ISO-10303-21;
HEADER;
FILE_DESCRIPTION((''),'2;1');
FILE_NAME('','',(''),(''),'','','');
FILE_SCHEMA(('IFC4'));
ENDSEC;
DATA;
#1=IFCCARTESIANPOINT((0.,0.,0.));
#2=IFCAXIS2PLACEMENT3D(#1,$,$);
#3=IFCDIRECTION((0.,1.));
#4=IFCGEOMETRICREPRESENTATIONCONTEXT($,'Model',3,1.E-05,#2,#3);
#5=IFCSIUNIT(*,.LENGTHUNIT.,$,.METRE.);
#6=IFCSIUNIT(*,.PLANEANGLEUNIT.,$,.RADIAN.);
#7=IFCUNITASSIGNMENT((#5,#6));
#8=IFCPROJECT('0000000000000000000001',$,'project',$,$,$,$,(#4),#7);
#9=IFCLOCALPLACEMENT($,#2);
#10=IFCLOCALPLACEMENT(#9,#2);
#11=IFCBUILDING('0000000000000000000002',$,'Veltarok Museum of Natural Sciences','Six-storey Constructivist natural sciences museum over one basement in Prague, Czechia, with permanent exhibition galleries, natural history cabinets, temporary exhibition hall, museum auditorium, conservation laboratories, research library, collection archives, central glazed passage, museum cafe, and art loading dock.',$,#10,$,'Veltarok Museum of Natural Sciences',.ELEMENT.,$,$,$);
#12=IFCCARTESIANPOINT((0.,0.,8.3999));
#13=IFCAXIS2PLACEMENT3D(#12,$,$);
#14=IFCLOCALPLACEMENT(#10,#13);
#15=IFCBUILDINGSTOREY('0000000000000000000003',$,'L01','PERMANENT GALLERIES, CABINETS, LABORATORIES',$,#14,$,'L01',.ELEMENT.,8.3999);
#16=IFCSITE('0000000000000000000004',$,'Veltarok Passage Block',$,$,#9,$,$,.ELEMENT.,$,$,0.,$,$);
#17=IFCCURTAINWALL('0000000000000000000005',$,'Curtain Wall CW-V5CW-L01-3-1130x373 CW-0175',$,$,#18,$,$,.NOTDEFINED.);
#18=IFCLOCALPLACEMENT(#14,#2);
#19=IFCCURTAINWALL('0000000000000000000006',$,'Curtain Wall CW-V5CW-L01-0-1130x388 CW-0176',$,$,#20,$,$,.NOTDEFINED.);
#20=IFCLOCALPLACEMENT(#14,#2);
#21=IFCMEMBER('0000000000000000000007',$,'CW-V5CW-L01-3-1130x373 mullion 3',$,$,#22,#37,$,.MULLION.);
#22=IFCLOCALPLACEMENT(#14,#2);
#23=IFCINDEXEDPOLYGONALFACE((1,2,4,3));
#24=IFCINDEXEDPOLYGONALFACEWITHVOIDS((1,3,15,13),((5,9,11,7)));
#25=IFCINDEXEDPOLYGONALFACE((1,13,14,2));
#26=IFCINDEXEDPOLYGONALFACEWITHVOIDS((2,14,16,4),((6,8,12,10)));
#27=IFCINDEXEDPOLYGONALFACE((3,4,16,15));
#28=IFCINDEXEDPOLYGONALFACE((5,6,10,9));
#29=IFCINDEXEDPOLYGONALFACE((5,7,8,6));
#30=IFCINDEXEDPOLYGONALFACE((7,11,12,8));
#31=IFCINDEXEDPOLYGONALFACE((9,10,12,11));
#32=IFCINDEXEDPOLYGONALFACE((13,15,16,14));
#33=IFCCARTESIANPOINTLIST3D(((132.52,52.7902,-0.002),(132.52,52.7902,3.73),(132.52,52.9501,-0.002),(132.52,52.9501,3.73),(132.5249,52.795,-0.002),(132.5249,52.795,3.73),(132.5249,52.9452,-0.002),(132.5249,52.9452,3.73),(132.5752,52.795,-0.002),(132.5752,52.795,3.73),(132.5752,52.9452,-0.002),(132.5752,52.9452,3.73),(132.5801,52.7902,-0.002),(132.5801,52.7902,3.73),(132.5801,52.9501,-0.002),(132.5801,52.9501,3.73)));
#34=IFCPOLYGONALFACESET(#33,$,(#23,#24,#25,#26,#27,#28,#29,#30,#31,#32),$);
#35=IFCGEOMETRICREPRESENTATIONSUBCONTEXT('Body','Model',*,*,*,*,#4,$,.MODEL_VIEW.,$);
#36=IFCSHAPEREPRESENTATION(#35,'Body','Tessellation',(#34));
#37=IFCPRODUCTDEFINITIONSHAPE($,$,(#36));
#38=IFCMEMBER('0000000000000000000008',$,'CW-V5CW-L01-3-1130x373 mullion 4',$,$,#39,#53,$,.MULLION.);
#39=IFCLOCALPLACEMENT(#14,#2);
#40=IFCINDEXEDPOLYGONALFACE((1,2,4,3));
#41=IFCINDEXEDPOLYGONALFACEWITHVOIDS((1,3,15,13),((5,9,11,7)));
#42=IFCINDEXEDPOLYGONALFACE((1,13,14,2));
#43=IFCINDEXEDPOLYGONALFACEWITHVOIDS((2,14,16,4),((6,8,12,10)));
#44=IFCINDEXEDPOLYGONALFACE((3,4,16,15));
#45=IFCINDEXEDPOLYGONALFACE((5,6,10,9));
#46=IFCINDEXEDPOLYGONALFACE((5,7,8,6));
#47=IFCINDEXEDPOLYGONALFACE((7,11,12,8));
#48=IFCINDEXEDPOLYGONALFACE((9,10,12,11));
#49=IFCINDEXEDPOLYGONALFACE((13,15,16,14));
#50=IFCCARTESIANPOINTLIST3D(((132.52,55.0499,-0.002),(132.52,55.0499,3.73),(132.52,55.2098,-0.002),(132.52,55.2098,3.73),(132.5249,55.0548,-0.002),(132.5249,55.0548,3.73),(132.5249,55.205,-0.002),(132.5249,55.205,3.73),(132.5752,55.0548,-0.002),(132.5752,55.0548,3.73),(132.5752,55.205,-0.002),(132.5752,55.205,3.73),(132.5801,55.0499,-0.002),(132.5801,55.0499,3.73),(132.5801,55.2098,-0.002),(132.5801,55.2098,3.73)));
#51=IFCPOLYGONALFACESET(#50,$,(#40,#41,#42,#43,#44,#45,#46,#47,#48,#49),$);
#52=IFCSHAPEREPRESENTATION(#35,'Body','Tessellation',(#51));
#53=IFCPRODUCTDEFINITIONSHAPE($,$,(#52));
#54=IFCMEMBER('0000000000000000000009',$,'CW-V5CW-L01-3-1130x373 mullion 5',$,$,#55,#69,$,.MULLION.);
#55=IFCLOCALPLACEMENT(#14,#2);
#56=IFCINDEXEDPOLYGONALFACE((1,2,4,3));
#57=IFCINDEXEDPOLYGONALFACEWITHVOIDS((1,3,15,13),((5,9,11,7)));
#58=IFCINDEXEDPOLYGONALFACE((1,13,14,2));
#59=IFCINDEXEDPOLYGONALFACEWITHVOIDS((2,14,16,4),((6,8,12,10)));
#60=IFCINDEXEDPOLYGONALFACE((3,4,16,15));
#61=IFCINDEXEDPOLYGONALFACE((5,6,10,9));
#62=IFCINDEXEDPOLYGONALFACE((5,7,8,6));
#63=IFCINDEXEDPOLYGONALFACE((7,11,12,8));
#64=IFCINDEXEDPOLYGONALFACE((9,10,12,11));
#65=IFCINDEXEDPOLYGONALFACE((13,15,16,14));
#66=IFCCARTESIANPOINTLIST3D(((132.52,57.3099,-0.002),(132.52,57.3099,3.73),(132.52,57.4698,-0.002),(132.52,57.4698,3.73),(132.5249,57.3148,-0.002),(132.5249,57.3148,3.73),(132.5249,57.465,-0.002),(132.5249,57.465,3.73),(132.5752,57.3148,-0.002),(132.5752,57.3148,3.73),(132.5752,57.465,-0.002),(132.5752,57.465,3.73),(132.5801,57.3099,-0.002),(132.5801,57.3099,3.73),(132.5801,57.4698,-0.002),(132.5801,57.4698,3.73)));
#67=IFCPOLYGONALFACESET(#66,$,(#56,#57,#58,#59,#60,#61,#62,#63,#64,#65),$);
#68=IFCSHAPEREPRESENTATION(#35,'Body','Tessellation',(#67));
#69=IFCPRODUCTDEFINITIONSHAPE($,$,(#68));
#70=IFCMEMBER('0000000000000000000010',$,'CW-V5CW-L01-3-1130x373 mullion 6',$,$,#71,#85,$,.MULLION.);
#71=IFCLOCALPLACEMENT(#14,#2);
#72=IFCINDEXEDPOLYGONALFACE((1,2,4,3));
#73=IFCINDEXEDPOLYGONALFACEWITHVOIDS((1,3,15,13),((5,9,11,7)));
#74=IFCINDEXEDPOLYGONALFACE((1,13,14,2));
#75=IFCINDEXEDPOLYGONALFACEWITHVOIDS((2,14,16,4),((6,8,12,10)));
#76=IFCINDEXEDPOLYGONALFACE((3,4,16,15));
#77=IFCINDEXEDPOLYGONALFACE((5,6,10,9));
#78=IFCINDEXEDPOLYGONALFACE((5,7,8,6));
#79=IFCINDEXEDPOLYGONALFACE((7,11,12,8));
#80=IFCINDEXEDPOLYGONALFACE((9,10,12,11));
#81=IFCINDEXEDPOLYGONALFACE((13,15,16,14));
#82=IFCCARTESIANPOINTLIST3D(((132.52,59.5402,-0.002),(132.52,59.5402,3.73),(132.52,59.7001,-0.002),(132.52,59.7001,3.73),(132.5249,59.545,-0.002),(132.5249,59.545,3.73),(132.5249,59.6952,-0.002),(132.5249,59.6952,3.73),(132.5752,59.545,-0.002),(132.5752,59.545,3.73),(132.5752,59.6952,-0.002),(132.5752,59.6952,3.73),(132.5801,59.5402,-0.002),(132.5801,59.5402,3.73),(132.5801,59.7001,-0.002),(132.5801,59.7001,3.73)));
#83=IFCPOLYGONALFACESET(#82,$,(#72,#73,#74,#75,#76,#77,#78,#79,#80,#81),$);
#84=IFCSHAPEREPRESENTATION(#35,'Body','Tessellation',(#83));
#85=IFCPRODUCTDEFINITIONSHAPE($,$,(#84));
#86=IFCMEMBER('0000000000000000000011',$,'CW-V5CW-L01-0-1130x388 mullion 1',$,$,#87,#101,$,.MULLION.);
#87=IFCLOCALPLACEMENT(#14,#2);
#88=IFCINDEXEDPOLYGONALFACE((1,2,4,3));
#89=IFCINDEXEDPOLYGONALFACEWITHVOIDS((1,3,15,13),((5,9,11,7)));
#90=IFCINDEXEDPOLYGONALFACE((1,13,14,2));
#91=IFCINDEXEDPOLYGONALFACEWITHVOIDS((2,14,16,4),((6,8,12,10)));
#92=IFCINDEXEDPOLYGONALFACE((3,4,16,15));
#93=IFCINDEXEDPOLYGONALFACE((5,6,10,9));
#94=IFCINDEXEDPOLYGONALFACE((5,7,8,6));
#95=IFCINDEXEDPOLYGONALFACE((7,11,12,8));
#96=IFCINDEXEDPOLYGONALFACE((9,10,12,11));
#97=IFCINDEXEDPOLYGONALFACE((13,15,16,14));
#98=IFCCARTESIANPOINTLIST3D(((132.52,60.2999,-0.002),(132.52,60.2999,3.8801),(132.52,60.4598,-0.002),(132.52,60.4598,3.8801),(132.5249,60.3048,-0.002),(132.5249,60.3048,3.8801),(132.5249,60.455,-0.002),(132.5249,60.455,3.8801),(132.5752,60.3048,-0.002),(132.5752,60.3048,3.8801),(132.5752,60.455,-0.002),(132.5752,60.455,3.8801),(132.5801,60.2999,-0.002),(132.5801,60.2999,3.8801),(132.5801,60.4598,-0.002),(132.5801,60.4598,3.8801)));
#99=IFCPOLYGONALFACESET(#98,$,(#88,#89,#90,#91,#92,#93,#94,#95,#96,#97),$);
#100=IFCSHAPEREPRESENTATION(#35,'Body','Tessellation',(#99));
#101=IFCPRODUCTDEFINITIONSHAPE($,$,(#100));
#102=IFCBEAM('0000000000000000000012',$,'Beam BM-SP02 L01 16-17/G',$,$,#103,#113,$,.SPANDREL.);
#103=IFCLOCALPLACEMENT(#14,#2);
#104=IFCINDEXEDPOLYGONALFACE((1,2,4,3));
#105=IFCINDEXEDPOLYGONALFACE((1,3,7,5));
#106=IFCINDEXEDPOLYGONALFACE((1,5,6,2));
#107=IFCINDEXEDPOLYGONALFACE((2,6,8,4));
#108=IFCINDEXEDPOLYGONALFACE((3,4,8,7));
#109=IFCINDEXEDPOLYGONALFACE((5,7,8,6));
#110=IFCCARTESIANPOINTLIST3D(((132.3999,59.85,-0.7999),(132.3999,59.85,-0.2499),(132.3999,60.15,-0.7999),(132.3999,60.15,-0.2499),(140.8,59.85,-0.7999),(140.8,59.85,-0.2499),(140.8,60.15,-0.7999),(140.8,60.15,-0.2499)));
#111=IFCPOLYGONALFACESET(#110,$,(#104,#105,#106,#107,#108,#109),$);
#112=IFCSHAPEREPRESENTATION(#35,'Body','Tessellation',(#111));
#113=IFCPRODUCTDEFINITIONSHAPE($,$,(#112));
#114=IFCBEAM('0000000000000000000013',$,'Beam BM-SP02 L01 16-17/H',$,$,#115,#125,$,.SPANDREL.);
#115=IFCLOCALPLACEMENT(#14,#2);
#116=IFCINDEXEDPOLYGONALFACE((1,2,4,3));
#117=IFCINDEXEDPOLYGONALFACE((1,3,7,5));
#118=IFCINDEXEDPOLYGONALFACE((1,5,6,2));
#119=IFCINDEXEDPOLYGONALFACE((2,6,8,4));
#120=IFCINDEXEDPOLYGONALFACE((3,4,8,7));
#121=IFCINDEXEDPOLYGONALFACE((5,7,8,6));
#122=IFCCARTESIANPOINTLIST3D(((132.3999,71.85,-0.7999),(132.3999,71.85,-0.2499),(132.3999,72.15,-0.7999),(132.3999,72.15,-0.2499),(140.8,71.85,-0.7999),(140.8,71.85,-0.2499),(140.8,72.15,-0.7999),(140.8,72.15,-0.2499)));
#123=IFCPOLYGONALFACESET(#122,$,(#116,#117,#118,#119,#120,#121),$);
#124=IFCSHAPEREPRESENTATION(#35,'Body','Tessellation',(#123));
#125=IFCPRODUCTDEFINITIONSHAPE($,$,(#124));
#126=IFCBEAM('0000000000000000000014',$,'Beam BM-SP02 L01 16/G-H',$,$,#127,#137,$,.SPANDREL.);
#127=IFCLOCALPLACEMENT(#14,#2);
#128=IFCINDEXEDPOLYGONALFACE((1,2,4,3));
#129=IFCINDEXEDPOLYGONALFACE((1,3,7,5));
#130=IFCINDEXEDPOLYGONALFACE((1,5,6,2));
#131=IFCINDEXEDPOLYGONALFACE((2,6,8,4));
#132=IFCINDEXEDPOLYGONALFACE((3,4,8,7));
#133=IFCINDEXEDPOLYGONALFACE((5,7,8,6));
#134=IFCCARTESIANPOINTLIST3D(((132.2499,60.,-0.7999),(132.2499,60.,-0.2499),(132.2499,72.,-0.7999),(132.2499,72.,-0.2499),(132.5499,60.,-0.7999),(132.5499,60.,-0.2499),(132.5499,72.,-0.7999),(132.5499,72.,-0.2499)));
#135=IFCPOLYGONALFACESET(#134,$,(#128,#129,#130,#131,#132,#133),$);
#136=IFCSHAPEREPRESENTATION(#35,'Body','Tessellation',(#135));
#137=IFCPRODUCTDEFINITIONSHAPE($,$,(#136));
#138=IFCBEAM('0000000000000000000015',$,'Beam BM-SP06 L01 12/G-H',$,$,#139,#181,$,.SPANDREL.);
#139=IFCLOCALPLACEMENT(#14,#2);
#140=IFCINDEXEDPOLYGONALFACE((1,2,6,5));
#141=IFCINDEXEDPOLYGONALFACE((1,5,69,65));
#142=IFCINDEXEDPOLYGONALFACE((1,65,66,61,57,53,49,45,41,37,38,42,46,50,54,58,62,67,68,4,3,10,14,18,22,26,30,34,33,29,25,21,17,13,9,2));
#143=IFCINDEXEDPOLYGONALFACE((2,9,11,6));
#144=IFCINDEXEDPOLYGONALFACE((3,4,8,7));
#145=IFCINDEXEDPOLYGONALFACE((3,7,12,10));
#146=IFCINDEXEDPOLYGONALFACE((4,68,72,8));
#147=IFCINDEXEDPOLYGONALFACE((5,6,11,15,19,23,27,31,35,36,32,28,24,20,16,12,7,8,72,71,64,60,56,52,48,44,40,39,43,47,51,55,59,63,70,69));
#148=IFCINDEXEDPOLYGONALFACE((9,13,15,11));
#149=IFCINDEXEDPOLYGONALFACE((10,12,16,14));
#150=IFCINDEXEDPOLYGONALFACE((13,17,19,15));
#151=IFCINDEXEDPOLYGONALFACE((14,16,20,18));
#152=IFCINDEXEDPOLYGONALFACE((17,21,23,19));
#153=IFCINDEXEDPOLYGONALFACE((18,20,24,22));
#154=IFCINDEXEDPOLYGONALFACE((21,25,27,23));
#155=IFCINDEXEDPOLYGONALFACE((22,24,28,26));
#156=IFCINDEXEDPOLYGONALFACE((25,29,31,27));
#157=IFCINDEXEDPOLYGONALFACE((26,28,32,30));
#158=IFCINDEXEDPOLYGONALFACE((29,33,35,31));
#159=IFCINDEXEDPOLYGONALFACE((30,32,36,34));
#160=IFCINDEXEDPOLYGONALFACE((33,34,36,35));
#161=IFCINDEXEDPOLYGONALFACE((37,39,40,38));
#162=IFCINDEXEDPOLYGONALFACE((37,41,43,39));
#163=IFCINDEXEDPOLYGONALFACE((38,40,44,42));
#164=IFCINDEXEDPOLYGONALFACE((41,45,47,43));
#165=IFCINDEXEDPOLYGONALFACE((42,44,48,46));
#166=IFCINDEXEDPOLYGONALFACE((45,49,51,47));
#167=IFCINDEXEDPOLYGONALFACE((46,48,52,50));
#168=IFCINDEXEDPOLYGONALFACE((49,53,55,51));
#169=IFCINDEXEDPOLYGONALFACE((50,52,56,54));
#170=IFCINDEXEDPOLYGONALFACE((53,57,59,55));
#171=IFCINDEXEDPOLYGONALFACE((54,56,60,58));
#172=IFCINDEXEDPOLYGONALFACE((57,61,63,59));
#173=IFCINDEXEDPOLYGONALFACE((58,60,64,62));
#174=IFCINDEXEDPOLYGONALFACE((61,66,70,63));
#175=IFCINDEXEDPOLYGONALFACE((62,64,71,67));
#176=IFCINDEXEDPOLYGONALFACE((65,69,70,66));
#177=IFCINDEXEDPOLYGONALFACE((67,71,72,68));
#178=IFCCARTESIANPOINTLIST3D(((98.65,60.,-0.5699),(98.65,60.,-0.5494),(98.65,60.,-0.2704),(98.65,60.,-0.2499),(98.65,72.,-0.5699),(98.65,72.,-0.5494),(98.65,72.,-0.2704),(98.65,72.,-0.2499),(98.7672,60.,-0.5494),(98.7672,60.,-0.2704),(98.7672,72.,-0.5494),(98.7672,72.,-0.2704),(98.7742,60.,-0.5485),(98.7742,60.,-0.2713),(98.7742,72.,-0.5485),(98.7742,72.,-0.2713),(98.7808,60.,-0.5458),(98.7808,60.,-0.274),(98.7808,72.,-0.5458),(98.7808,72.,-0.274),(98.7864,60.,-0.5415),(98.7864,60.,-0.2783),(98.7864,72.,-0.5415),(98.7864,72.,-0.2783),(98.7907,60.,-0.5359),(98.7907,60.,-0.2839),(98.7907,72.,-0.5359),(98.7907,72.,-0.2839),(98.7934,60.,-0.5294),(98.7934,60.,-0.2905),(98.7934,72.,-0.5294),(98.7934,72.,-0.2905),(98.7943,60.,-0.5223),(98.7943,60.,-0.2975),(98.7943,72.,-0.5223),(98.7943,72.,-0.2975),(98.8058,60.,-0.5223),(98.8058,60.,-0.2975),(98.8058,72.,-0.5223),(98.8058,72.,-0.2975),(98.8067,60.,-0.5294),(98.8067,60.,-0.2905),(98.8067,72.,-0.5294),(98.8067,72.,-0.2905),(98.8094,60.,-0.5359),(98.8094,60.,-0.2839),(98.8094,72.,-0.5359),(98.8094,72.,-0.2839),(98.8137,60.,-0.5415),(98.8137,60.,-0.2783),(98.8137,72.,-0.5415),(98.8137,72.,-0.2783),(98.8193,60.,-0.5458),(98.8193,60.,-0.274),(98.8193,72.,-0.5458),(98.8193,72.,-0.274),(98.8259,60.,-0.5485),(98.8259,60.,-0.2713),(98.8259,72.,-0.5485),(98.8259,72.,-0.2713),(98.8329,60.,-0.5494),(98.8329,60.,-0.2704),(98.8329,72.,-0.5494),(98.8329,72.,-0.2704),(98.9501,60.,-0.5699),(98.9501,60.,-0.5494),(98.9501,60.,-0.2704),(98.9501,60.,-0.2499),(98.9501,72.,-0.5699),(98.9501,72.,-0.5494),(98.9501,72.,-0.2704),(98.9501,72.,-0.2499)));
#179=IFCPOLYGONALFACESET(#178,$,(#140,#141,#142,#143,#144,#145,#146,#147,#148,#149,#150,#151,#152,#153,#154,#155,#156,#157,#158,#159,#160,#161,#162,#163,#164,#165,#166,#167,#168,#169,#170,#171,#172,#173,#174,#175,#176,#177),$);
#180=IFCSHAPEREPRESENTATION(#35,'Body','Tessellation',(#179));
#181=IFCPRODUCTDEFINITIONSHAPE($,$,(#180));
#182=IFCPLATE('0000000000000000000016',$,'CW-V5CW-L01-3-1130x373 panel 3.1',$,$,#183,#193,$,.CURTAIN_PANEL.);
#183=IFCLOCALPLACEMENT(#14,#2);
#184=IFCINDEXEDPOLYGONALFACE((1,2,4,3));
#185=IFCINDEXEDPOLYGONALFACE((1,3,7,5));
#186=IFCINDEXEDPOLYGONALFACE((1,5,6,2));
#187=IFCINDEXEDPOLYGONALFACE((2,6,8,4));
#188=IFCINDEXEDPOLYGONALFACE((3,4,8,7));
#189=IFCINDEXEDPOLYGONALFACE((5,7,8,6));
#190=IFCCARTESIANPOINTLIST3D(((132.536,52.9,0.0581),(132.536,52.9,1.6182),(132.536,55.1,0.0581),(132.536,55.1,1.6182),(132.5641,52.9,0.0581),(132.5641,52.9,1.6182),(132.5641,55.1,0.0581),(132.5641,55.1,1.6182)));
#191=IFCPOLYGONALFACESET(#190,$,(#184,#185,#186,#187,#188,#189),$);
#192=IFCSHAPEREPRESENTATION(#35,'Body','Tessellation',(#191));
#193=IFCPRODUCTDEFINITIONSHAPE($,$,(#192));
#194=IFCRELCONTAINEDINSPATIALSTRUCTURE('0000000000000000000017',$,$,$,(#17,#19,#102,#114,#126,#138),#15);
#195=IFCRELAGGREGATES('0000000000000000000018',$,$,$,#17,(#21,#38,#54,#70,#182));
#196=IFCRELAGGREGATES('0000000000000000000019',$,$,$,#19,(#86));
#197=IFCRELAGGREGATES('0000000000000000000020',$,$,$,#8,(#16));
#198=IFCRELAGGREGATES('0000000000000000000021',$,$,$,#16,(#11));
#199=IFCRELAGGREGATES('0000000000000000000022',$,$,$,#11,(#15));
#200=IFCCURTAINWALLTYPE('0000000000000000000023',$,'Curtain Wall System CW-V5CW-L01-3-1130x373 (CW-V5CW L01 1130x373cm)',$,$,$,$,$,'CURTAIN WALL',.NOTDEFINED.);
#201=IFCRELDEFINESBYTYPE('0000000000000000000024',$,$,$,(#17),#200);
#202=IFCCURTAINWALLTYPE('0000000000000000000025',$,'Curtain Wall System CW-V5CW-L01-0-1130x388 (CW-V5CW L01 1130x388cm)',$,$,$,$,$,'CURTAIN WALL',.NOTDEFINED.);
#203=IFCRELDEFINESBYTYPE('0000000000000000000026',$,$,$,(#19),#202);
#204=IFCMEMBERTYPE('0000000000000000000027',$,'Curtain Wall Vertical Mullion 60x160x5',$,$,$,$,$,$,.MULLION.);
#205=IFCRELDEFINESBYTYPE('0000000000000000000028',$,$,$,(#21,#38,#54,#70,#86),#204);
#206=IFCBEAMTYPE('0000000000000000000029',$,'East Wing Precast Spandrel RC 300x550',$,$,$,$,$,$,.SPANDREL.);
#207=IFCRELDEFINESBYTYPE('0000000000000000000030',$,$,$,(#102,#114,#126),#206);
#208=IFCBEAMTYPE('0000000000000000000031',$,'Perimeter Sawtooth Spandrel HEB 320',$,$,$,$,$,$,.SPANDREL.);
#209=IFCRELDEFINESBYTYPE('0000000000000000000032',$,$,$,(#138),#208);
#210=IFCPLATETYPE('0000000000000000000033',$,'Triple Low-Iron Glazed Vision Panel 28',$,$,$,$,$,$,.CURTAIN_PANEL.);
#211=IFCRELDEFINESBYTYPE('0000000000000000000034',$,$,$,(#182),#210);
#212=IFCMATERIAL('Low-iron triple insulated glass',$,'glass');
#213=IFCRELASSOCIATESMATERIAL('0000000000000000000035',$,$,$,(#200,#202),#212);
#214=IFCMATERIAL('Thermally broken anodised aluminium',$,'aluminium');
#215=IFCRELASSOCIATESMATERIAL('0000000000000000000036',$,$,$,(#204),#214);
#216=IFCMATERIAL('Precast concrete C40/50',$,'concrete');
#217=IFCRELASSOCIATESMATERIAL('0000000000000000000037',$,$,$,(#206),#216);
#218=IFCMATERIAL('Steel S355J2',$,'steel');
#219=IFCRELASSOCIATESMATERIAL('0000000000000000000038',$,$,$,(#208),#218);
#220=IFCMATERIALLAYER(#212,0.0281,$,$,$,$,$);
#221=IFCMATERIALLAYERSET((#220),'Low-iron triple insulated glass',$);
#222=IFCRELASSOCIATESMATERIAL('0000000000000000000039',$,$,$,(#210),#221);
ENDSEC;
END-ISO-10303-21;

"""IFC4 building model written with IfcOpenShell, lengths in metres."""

from ifc_helpers import new_model, si_unit, direction, frame, origin, origin_2d, place, context, subcontext, project, spatial, rectangle, hollow_rectangle, i_section, extrude, material, layer, layer_set, material_profile, profile_set, type_object, element, aggregate, save


model = new_model("IFC4")

# Units and contexts
model_context = context("Model", 3, precision=1e-05, world=origin(), true_north=direction((0.0, 1.0)))
body_context = subcontext(model_context, "Body", "Model", "MODEL_VIEW")
ifc_project = project(units=[si_unit("LENGTHUNIT", "METRE"), si_unit("PLANEANGLEUNIT", "RADIAN")], contexts=[model_context])

# Site, building, storey
site_placement = place(None, origin())
site = spatial("IfcSite", under=ifc_project, at=site_placement, Name="Veltarok Passage Block", CompositionType="ELEMENT", RefElevation=0.0)
building_placement = place(site_placement, origin())
building = spatial("IfcBuilding", under=site, at=building_placement, Name="Veltarok Museum of Natural Sciences", Description="Six-storey Constructivist natural sciences museum over one basement in Prague, Czechia, with permanent exhibition galleries, natural history cabinets, temporary exhibition hall, museum auditorium, conservation laboratories, research library, collection archives, central glazed passage, museum cafe, and art loading dock.", LongName="Veltarok Museum of Natural Sciences", CompositionType="ELEMENT")
storey_placement = place(building_placement, frame((0.0, 0.0, 8.3999)))
storey = spatial("IfcBuildingStorey", under=building, at=storey_placement, Name="L01", Description="PERMANENT GALLERIES, CABINETS, LABORATORIES", LongName="L01", CompositionType="ELEMENT", Elevation=8.3999)

# Shared definitions
ifc_material_1 = material(Name="Steel S355J2", Category="steel")

# Curtain walls
ifc_material_2 = material(Name="Low-iron triple insulated glass", Category="glass")
curtain_wall_type_1 = type_object("IfcCurtainWallType", Name="Curtain Wall System CW-V5CW-L01-3-1130x373 (CW-V5CW L01 1130x373cm)", ElementType="CURTAIN WALL", PredefinedType="NOTDEFINED", material=ifc_material_2)
curtain_wall_1_placement = place(storey_placement, origin())
curtain_wall_1 = element("IfcCurtainWall", 1, at=curtain_wall_1_placement, inside=storey, type_object=curtain_wall_type_1, Name="Curtain Wall CW-V5CW-L01-3-1130x373 CW-0175", PredefinedType="NOTDEFINED")
ifc_material_3 = material(Name="Thermally broken anodised aluminium", Category="aluminium")
curtain_wall_type_2 = type_object("IfcCurtainWallType", Name="Curtain Wall System CW-V5CW-L01-0-1130x388 (CW-V5CW L01 1130x388cm)", ElementType="CURTAIN WALL", PredefinedType="NOTDEFINED", material=ifc_material_2)
curtain_wall_2_placement = place(storey_placement, origin())
curtain_wall_2 = element("IfcCurtainWall", 2, at=curtain_wall_2_placement, inside=storey, type_object=curtain_wall_type_2, Name="Curtain Wall CW-V5CW-L01-0-1130x388 CW-0176", PredefinedType="NOTDEFINED")

# Members
ifc_material_profile_1 = material_profile(ifc_material_3, hollow_rectangle(XDim=0.0601, YDim=0.1599, WallThickness=0.0049, at=origin_2d()), Name="CW MULLION 60x160x5")
ifc_profile_set_1 = profile_set([ifc_material_profile_1], Name="Thermally broken anodised aluminium")
member_type_1 = type_object("IfcMemberType", Name="Curtain Wall Vertical Mullion 60x160x5", PredefinedType="MULLION", material=ifc_profile_set_1)
member_1_placement = place(storey_placement, frame((132.55, 52.8701, -0.002), z_axis=(0.0, 0.0, 1.0), x_axis=(-1.0, 0.0, 0.0)))
member_1 = element("IfcMember", 3, at=member_1_placement, type_object=member_type_1, Name="CW-V5CW-L01-3-1130x373 mullion 3", PredefinedType="MULLION", context=body_context, shape_type="SweptSolid", body=[
    extrude(hollow_rectangle(XDim=0.0601, YDim=0.1599, WallThickness=0.0049, at=origin_2d()), origin(), (0.0, 0.0, 1.0), 3.7319),
])
member_2_placement = place(storey_placement, frame((132.55, 55.1299, -0.002), z_axis=(0.0, 0.0, 1.0), x_axis=(-1.0, 0.0, 0.0)))
member_2 = element("IfcMember", 4, at=member_2_placement, type_object=member_type_1, Name="CW-V5CW-L01-3-1130x373 mullion 4", PredefinedType="MULLION", context=body_context, shape_type="SweptSolid", body=[
    extrude(hollow_rectangle(XDim=0.0601, YDim=0.1599, WallThickness=0.0049, at=origin_2d()), origin(), (0.0, 0.0, 1.0), 3.7319),
])
member_3_placement = place(storey_placement, frame((132.55, 57.3899, -0.002), z_axis=(0.0, 0.0, 1.0), x_axis=(-1.0, 0.0, 0.0)))
member_3 = element("IfcMember", 5, at=member_3_placement, type_object=member_type_1, Name="CW-V5CW-L01-3-1130x373 mullion 5", PredefinedType="MULLION", context=body_context, shape_type="SweptSolid", body=[
    extrude(hollow_rectangle(XDim=0.0601, YDim=0.1599, WallThickness=0.0049, at=origin_2d()), origin(), (0.0, 0.0, 1.0), 3.7319),
])
member_4_placement = place(storey_placement, frame((132.55, 59.6201, -0.002), z_axis=(0.0, 0.0, 1.0), x_axis=(-1.0, 0.0, 0.0)))
member_4 = element("IfcMember", 6, at=member_4_placement, type_object=member_type_1, Name="CW-V5CW-L01-3-1130x373 mullion 6", PredefinedType="MULLION", context=body_context, shape_type="SweptSolid", body=[
    extrude(hollow_rectangle(XDim=0.0601, YDim=0.1599, WallThickness=0.0049, at=origin_2d()), origin(), (0.0, 0.0, 1.0), 3.7319),
])
member_5_placement = place(storey_placement, frame((132.55, 60.3799, -0.002), z_axis=(0.0, 0.0, 1.0), x_axis=(-1.0, 0.0, 0.0)))
member_5 = element("IfcMember", 7, at=member_5_placement, type_object=member_type_1, Name="CW-V5CW-L01-0-1130x388 mullion 1", PredefinedType="MULLION", context=body_context, shape_type="SweptSolid", body=[
    extrude(hollow_rectangle(XDim=0.0601, YDim=0.1599, WallThickness=0.0049, at=origin_2d()), origin(), (0.0, 0.0, 1.0), 3.8821),
])

# Beams
ifc_material_4 = material(Name="Precast concrete C40/50", Category="concrete")
ifc_material_profile_2 = material_profile(ifc_material_4, rectangle(XDim=0.3, YDim=0.55, at=origin_2d()), Name="RC 300x550")
ifc_profile_set_2 = profile_set([ifc_material_profile_2], Name="Precast concrete C40/50")
beam_type_1 = type_object("IfcBeamType", Name="East Wing Precast Spandrel RC 300x550", PredefinedType="SPANDREL", material=ifc_profile_set_2)
for number, where, z_axis, x_axis, name in (
    (8, (132.3999, 60.0, -0.5249), (1.0, 0.0, 0.0), (0.0, 1.0, 0.0), "Beam BM-SP02 L01 16-17/G"),
    (9, (132.3999, 72.0, -0.5249), (1.0, 0.0, 0.0), (0.0, 1.0, 0.0), "Beam BM-SP02 L01 16-17/H"),
):
    element("IfcBeam", number, at=place(storey_placement, frame(where, z_axis=z_axis, x_axis=x_axis)), inside=storey, type_object=beam_type_1, Name=name, PredefinedType="SPANDREL", context=body_context, shape_type="SweptSolid", body=[
        extrude(rectangle(XDim=0.3, YDim=0.55, at=origin_2d()), origin(), (0.0, 0.0, 1.0), 8.4001),
    ])
beam_1_placement = place(storey_placement, frame((132.3999, 60.0, -0.5249), z_axis=(0.0, 1.0, 0.0), x_axis=(-1.0, 0.0, 0.0)))
element("IfcBeam", 10, at=beam_1_placement, inside=storey, type_object=beam_type_1, Name="Beam BM-SP02 L01 16/G-H", PredefinedType="SPANDREL", context=body_context, shape_type="SweptSolid", body=[
    extrude(rectangle(XDim=0.3, YDim=0.55, at=origin_2d()), origin(), (0.0, 0.0, 1.0), 12.0),
])
ifc_material_profile_3 = material_profile(ifc_material_1, i_section(OverallWidth=0.3, OverallDepth=0.3201, WebThickness=0.0115, FlangeThickness=0.0205, FilletRadius=0.0271, at=origin_2d()), Name="HEB 320")
ifc_profile_set_3 = profile_set([ifc_material_profile_3], Name="Steel S355J2")
beam_type_2 = type_object("IfcBeamType", Name="Perimeter Sawtooth Spandrel HEB 320", PredefinedType="SPANDREL", material=ifc_profile_set_3)
beam_2_placement = place(storey_placement, frame((98.8, 60.0, -0.4099), z_axis=(0.0, 1.0, 0.0), x_axis=(-1.0, 0.0, 0.0)))
element("IfcBeam", 11, at=beam_2_placement, inside=storey, type_object=beam_type_2, Name="Beam BM-SP06 L01 12/G-H", PredefinedType="SPANDREL", context=body_context, shape_type="SweptSolid", body=[
    extrude(i_section(OverallWidth=0.3, OverallDepth=0.3201, WebThickness=0.0115, FlangeThickness=0.0205, FilletRadius=0.0271, at=origin_2d()), origin(), (0.0, 0.0, 1.0), 12.0),
])

# Plate
ifc_layer = layer(ifc_material_2, 0.0281)
ifc_layer_set = layer_set([ifc_layer], Name="Low-iron triple insulated glass")
plate_type = type_object("IfcPlateType", Name="Triple Low-Iron Glazed Vision Panel 28", PredefinedType="CURTAIN_PANEL", material=ifc_layer_set)
plate_1_placement = place(storey_placement, frame((132.55, 54.0, 0.0581), z_axis=(0.0, 0.0, 1.0), x_axis=(0.0, 1.0, 0.0)))
plate_1 = element("IfcPlate", 12, at=plate_1_placement, type_object=plate_type, Name="CW-V5CW-L01-3-1130x373 panel 3.1", PredefinedType="CURTAIN_PANEL", context=body_context, shape_type="SweptSolid", body=[
    extrude(rectangle(XDim=2.2, YDim=0.0281, at=origin_2d()), origin(), (0.0, 0.0, 1.0), 1.5601),
])
aggregate(curtain_wall_1, [member_1, member_2, member_3, member_4, plate_1])
aggregate(curtain_wall_2, [member_5])

save(model, "model.ifc")
